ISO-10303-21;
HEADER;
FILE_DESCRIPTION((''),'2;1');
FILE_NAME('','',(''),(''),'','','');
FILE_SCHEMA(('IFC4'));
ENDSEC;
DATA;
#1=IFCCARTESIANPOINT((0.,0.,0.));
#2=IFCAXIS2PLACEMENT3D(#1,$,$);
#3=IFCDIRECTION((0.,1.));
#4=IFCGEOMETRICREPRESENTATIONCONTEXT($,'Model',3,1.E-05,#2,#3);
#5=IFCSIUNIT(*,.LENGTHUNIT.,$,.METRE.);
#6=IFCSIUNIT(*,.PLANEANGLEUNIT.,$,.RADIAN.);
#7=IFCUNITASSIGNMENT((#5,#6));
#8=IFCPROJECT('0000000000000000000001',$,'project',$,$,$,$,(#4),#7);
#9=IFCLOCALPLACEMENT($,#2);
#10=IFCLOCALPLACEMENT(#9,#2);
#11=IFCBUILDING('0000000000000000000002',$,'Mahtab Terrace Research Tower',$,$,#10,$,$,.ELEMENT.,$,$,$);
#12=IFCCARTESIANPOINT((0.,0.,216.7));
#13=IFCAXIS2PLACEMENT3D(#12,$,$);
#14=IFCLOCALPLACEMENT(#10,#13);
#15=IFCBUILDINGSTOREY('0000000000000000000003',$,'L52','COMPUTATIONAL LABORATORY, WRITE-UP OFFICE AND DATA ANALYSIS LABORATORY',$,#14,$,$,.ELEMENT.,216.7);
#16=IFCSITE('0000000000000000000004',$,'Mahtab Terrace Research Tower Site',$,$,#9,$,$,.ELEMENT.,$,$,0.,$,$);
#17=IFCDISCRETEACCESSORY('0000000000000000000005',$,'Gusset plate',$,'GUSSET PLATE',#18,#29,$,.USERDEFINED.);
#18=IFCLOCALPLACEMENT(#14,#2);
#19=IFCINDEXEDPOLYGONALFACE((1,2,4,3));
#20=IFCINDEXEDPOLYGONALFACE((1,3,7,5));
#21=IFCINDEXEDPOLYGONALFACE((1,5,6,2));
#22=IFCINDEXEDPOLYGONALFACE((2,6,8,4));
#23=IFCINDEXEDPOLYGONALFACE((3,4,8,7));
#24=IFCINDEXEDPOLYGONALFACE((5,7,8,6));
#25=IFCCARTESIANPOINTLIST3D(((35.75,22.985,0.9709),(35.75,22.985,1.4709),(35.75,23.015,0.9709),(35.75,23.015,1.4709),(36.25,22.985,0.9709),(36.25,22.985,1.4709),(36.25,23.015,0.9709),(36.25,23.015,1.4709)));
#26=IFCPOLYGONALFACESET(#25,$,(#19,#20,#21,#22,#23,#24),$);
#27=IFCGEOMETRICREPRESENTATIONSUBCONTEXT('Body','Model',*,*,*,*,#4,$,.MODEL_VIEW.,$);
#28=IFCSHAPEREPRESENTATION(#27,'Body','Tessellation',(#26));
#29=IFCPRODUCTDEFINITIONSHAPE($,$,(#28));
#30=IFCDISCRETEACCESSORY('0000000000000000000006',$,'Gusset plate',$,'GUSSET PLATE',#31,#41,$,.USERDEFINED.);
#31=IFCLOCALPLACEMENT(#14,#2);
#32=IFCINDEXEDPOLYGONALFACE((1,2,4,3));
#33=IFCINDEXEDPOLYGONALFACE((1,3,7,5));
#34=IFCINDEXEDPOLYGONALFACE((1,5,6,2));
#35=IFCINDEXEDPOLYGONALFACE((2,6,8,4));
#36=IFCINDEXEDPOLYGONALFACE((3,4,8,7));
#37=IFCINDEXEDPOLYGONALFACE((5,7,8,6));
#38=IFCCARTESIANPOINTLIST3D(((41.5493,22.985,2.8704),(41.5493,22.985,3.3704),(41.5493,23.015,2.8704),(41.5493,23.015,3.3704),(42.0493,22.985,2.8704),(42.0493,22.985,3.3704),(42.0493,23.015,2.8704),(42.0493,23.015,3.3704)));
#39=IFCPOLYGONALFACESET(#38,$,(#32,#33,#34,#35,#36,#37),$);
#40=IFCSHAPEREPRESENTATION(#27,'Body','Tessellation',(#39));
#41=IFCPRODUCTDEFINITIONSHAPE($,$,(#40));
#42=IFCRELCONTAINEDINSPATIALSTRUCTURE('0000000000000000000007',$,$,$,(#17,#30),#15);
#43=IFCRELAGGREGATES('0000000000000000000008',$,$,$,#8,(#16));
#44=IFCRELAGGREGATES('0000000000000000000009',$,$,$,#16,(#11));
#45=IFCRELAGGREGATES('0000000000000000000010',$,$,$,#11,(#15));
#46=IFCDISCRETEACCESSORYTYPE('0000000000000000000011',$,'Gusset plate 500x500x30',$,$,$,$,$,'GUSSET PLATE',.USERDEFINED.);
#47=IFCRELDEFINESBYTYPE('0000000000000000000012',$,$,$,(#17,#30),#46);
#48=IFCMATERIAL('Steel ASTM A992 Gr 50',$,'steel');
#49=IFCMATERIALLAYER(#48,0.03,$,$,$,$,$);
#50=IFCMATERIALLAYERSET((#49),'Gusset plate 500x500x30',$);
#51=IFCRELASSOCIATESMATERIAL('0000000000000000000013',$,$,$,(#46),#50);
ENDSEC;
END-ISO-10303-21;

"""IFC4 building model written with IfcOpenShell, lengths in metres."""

from ifc_helpers import new_model, si_unit, direction, frame, origin, origin_2d, place, context, subcontext, project, spatial, rectangle, extrude, material, layer, layer_set, type_object, element, save


model = new_model("IFC4")

# Units and contexts
model_context = context("Model", 3, precision=1e-05, world=origin(), true_north=direction((0.0, 1.0)))
body_context = subcontext(model_context, "Body", "Model", "MODEL_VIEW")
ifc_project = project(units=[si_unit("LENGTHUNIT", "METRE"), si_unit("PLANEANGLEUNIT", "RADIAN")], contexts=[model_context])

# Site, building, storey
site_placement = place(None, origin())
site = spatial("IfcSite", under=ifc_project, at=site_placement, Name="Mahtab Terrace Research Tower Site", CompositionType="ELEMENT", RefElevation=0.0)
building_placement = place(site_placement, origin())
building = spatial("IfcBuilding", under=site, at=building_placement, Name="Mahtab Terrace Research Tower", CompositionType="ELEMENT")
storey_placement = place(building_placement, frame((0.0, 0.0, 216.7)))
storey = spatial("IfcBuildingStorey", under=building, at=storey_placement, Name="L52", Description="COMPUTATIONAL LABORATORY, WRITE-UP OFFICE AND DATA ANALYSIS LABORATORY", CompositionType="ELEMENT", Elevation=216.7)

# Shared definitions
ifc_material_1 = material(Name="Steel ASTM A992 Gr 50", Category="steel")

# Discrete accessories
ifc_layer_1 = layer(ifc_material_1, 0.03)
ifc_layer_set_1 = layer_set([ifc_layer_1], Name="Gusset plate 500x500x30")
discrete_accessory_type = type_object("IfcDiscreteAccessoryType", Name="Gusset plate 500x500x30", ElementType="GUSSET PLATE", PredefinedType="USERDEFINED", material=ifc_layer_set_1)
for number, where, z_axis, x_axis, name in (
    (1, (36.0, 23.0, 0.9709), (0.0, 0.0, 1.0), (1.0, 0.0, 0.0), "Gusset plate"),
    (2, (41.7993, 23.0, 2.8704), (0.0, 0.0, 1.0), (1.0, 0.0, 0.0), "Gusset plate"),
):
    element("IfcDiscreteAccessory", number, at=place(storey_placement, frame(where, z_axis=z_axis, x_axis=x_axis)), inside=storey, type_object=discrete_accessory_type, Name=name, ObjectType="GUSSET PLATE", PredefinedType="USERDEFINED", context=body_context, shape_type="SweptSolid", body=[
        extrude(rectangle(XDim=0.5, YDim=0.03, at=origin_2d()), origin(), (0.0, 0.0, 1.0), 0.5),
    ])

save(model, "model.ifc")
